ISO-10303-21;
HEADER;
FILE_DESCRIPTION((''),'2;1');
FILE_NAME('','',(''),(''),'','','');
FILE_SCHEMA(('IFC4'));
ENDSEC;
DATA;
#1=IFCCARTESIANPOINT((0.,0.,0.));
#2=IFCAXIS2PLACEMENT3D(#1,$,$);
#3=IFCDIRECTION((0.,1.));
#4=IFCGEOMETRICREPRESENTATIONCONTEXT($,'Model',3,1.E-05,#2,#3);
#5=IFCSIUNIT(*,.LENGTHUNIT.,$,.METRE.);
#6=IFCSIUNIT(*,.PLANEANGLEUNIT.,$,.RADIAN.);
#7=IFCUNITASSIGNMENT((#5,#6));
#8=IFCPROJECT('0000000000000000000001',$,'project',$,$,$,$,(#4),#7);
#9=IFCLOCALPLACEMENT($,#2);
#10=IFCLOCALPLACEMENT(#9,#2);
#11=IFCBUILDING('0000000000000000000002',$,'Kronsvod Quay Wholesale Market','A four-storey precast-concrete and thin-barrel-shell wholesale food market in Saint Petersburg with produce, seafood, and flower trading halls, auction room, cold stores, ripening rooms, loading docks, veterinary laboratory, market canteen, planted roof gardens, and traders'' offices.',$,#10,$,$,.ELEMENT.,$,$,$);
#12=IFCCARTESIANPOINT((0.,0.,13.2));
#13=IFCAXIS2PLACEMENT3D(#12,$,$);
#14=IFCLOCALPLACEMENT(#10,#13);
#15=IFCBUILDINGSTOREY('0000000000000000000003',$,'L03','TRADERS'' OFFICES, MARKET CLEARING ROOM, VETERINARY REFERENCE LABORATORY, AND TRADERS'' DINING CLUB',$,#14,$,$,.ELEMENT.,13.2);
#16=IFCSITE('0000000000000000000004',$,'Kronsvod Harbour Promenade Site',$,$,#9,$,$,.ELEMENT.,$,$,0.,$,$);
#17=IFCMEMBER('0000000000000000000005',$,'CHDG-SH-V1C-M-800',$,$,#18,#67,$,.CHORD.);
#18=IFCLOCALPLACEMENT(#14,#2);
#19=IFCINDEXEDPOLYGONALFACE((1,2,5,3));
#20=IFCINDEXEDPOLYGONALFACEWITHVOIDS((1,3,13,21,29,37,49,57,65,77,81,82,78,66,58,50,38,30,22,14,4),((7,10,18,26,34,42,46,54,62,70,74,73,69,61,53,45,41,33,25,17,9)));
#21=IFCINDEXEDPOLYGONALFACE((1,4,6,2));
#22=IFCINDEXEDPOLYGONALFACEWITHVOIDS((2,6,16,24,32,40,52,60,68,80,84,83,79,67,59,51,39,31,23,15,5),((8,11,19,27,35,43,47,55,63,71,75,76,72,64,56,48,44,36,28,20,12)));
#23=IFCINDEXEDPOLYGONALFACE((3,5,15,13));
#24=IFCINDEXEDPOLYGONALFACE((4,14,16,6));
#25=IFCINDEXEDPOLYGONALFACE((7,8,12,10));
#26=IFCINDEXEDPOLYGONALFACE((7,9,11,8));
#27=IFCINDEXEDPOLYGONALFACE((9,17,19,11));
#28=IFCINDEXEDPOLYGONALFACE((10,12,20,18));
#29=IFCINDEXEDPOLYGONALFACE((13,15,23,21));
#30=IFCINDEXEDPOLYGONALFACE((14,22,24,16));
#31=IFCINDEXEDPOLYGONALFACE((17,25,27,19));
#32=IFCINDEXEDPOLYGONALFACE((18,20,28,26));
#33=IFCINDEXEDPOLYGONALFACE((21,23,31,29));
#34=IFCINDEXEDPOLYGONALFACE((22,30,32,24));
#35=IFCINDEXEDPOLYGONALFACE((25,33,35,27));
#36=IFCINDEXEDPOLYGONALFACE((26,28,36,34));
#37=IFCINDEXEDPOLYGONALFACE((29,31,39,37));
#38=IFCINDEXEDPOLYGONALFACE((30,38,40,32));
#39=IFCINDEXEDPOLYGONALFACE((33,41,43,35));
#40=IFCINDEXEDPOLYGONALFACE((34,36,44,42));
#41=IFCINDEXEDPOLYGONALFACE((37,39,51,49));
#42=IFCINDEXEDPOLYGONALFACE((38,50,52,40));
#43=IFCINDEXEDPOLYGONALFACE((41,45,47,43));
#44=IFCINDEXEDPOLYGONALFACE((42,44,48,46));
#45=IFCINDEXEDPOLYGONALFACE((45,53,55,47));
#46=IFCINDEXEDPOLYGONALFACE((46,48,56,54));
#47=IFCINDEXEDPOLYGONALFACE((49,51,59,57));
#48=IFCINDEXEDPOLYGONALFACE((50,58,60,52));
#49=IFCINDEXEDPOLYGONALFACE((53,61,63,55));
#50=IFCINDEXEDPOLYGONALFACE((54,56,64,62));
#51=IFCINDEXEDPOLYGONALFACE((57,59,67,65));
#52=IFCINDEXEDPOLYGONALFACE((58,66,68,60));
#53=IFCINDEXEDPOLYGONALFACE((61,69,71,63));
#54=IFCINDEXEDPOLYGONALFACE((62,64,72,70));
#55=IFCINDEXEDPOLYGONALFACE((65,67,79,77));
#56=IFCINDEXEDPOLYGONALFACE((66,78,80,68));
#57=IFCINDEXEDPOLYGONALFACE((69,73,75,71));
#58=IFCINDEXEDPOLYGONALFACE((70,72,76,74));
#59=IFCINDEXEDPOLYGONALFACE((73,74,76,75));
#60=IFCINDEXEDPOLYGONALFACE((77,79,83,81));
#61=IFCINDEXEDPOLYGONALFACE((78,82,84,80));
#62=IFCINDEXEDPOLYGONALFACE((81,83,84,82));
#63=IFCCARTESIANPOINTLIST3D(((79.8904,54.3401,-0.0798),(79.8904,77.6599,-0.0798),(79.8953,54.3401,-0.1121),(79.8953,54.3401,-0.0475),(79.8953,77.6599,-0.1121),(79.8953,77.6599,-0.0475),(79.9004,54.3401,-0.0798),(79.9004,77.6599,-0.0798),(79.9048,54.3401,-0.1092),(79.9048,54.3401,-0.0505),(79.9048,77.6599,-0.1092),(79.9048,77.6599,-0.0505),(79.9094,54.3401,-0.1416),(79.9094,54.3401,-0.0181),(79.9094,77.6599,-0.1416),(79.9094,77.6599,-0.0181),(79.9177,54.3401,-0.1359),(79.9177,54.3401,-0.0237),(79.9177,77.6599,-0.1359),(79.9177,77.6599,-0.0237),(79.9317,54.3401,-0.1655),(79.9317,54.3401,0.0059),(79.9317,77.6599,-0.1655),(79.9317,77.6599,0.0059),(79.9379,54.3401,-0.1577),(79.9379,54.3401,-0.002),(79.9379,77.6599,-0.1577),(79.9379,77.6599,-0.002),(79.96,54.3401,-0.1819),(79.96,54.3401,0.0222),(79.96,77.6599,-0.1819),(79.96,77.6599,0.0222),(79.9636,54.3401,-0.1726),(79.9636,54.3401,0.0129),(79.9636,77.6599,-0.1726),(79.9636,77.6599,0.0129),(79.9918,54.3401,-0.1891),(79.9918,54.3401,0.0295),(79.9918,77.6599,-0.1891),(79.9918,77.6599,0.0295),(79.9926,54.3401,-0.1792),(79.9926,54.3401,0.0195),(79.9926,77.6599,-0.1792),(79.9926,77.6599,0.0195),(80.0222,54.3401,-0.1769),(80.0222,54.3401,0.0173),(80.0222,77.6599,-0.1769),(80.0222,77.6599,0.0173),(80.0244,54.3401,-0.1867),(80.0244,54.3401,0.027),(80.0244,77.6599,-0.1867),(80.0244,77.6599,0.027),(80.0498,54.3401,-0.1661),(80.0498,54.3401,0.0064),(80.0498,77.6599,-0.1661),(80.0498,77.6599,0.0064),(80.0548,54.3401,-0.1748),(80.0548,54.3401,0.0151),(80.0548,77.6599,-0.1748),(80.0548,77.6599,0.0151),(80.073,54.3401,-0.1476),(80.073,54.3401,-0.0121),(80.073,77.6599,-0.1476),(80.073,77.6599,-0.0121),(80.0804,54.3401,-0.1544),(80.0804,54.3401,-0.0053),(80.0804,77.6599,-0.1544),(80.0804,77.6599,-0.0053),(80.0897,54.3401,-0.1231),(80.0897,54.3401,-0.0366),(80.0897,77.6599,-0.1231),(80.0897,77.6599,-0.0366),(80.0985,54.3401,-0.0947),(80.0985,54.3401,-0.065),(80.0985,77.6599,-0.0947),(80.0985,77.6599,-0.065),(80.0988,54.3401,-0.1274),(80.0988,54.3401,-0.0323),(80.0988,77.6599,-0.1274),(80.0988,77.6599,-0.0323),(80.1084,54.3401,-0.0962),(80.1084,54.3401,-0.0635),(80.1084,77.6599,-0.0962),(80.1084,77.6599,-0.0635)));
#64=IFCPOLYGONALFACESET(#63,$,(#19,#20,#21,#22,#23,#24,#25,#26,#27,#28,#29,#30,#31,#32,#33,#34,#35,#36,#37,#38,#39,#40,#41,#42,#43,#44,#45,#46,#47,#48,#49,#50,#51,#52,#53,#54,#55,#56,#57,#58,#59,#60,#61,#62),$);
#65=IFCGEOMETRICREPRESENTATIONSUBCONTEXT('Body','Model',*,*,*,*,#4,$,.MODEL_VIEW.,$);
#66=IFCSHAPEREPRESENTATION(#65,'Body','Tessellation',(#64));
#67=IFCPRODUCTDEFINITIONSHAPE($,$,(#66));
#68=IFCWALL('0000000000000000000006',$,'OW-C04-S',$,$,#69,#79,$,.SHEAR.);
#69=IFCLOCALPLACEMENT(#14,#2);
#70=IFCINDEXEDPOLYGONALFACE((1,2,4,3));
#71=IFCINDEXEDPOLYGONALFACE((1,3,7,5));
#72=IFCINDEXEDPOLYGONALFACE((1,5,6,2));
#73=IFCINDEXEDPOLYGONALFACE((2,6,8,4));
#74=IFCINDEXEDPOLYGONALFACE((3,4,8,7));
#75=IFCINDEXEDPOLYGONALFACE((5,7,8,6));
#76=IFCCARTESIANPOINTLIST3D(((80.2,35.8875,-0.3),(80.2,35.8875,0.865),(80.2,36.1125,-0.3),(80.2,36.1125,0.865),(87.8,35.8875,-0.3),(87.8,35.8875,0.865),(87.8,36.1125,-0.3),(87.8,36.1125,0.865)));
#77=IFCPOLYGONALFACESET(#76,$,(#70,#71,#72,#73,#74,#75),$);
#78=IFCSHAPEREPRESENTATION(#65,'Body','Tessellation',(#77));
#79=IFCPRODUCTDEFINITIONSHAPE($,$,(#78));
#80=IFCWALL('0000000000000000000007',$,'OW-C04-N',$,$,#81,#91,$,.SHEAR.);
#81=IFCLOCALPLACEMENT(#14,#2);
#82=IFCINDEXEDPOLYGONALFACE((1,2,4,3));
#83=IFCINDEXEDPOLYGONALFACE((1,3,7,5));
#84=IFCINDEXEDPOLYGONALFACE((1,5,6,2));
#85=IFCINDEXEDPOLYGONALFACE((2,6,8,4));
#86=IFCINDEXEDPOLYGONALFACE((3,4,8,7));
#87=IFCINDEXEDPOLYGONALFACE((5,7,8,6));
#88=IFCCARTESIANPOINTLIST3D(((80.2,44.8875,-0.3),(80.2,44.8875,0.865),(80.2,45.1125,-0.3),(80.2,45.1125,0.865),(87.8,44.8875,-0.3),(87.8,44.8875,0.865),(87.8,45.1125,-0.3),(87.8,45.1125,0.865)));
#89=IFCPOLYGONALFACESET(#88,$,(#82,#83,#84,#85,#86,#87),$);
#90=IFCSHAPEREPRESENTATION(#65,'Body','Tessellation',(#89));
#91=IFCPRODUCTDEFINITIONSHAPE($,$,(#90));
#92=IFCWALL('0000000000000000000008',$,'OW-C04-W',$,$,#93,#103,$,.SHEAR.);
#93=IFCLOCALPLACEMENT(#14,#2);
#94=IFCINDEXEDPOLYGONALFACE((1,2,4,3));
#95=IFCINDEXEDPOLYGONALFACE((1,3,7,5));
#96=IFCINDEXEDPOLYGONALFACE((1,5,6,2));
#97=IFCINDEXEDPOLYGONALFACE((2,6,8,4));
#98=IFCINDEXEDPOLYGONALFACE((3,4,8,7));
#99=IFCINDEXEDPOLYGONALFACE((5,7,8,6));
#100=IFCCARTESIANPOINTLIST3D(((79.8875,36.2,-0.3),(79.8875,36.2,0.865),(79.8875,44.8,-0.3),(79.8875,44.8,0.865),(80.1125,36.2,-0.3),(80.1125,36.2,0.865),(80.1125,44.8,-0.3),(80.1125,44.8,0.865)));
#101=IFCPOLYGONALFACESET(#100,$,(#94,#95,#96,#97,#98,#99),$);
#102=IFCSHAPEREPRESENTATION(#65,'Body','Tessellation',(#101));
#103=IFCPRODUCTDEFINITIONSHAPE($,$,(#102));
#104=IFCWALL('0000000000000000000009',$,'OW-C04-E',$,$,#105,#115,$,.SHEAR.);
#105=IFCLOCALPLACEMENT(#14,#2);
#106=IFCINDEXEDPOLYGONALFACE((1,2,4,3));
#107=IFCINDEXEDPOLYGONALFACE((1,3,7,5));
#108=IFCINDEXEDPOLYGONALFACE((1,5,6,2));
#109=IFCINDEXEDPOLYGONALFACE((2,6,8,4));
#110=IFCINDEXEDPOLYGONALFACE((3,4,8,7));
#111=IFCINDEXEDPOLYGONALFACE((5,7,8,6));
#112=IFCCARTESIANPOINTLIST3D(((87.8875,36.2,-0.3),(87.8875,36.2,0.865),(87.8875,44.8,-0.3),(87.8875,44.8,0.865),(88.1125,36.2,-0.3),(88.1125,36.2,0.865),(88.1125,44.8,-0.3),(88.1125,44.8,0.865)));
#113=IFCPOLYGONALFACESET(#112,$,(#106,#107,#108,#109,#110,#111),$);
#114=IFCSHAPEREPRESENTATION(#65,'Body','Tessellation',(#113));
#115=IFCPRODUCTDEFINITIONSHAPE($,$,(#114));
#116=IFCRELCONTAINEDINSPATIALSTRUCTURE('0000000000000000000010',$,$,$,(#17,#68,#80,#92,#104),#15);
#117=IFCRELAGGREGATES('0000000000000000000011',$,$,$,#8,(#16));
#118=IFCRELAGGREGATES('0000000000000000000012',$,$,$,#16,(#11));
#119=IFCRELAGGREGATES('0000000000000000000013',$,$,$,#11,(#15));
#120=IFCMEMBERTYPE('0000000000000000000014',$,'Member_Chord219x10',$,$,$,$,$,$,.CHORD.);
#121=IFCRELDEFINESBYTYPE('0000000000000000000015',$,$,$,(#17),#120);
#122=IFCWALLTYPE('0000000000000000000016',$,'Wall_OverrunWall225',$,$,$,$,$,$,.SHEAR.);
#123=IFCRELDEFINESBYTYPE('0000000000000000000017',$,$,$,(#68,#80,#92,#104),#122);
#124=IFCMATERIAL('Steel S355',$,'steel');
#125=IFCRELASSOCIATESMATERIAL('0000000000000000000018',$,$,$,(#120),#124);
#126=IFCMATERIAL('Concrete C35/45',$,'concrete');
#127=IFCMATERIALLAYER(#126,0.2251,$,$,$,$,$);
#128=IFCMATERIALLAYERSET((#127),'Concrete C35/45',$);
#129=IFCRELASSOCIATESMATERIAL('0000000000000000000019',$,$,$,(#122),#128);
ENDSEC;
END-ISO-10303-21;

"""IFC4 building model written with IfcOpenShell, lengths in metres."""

from ifc_helpers import new_model, si_unit, direction, frame, frame_2d, origin, origin_2d, place, context, subcontext, project, spatial, rectangle, hollow_circle, extrude, material, layer, layer_set, material_profile, profile_set, type_object, element, save


model = new_model("IFC4")

# Units and contexts
model_context = context("Model", 3, precision=1e-05, world=origin(), true_north=direction((0.0, 1.0)))
body_context = subcontext(model_context, "Body", "Model", "MODEL_VIEW")
ifc_project = project(units=[si_unit("LENGTHUNIT", "METRE"), si_unit("PLANEANGLEUNIT", "RADIAN")], contexts=[model_context])

# Site, building, storey
site_placement = place(None, origin())
site = spatial("IfcSite", under=ifc_project, at=site_placement, Name="Kronsvod Harbour Promenade Site", CompositionType="ELEMENT", RefElevation=0.0)
building_placement = place(site_placement, origin())
building = spatial("IfcBuilding", under=site, at=building_placement, Name="Kronsvod Quay Wholesale Market", Description="A four-storey precast-concrete and thin-barrel-shell wholesale food market in Saint Petersburg with produce, seafood, and flower trading halls, auction room, cold stores, ripening rooms, loading docks, veterinary laboratory, market canteen, planted roof gardens, and traders' offices.", CompositionType="ELEMENT")
storey_placement = place(building_placement, frame((0.0, 0.0, 13.2)))
storey = spatial("IfcBuildingStorey", under=building, at=storey_placement, Name="L03", Description="TRADERS' OFFICES, MARKET CLEARING ROOM, VETERINARY REFERENCE LABORATORY, AND TRADERS' DINING CLUB", CompositionType="ELEMENT", Elevation=13.2)

# Member
ifc_material_1 = material(Name="Steel S355", Category="steel")
ifc_material_profile_1 = material_profile(ifc_material_1, hollow_circle(Radius=0.1096, WallThickness=0.01, at=origin_2d()), Name="CHS219x10")
ifc_profile_set_1 = profile_set([ifc_material_profile_1], Name="Steel S355")
member_type_1 = type_object("IfcMemberType", Name="Member_Chord219x10", PredefinedType="CHORD", material=ifc_profile_set_1)
for number, where, z_axis, x_axis, name in (
    (1, (80.0, 54.3401, -0.0798), (0.0, 1.0, 0.0), (-1.0, 0.0, 0.0), "CHDG-SH-V1C-M-800"),
):
    element("IfcMember", number, at=place(storey_placement, frame(where, z_axis=z_axis, x_axis=x_axis)), inside=storey, type_object=member_type_1, Name=name, PredefinedType="CHORD", context=body_context, shape_type="SweptSolid", body=[
        extrude(hollow_circle(Radius=0.1096, WallThickness=0.01, at=origin_2d()), origin(), (0.0, 0.0, 1.0), 23.3198),
    ])

# Walls
ifc_material_2 = material(Name="Concrete C35/45", Category="concrete")
ifc_layer = layer(ifc_material_2, 0.2251)
ifc_layer_set = layer_set([ifc_layer], Name="Concrete C35/45")
wall_type = type_object("IfcWallType", Name="Wall_OverrunWall225", PredefinedType="SHEAR", material=ifc_layer_set)
for number, where, z_axis, x_axis, name in (
    (2, (80.2, 36.0, -0.3), (0.0, 0.0, 1.0), (1.0, 0.0, 0.0), "OW-C04-S"),
    (3, (80.2, 45.0, -0.3), (0.0, 0.0, 1.0), (1.0, 0.0, 0.0), "OW-C04-N"),
):
    element("IfcWall", number, at=place(storey_placement, frame(where, z_axis=z_axis, x_axis=x_axis)), inside=storey, type_object=wall_type, Name=name, PredefinedType="SHEAR", context=body_context, shape_type="SweptSolid", body=[
        extrude(rectangle(XDim=7.6001, YDim=0.2251, at=frame_2d((3.8, 0.0))), origin(), (0.0, 0.0, 1.0), 1.165),
    ])
for number, where, z_axis, x_axis, name in (
    (4, (80.0, 36.2, -0.3), (0.0, 0.0, 1.0), (0.0, 1.0, 0.0), "OW-C04-W"),
    (5, (88.0, 36.2, -0.3), (0.0, 0.0, 1.0), (0.0, 1.0, 0.0), "OW-C04-E"),
):
    element("IfcWall", number, at=place(storey_placement, frame(where, z_axis=z_axis, x_axis=x_axis)), inside=storey, type_object=wall_type, Name=name, PredefinedType="SHEAR", context=body_context, shape_type="SweptSolid", body=[
        extrude(rectangle(XDim=8.6001, YDim=0.2251, at=frame_2d((4.3, 0.0))), origin(), (0.0, 0.0, 1.0), 1.165),
    ])

save(model, "model.ifc")
